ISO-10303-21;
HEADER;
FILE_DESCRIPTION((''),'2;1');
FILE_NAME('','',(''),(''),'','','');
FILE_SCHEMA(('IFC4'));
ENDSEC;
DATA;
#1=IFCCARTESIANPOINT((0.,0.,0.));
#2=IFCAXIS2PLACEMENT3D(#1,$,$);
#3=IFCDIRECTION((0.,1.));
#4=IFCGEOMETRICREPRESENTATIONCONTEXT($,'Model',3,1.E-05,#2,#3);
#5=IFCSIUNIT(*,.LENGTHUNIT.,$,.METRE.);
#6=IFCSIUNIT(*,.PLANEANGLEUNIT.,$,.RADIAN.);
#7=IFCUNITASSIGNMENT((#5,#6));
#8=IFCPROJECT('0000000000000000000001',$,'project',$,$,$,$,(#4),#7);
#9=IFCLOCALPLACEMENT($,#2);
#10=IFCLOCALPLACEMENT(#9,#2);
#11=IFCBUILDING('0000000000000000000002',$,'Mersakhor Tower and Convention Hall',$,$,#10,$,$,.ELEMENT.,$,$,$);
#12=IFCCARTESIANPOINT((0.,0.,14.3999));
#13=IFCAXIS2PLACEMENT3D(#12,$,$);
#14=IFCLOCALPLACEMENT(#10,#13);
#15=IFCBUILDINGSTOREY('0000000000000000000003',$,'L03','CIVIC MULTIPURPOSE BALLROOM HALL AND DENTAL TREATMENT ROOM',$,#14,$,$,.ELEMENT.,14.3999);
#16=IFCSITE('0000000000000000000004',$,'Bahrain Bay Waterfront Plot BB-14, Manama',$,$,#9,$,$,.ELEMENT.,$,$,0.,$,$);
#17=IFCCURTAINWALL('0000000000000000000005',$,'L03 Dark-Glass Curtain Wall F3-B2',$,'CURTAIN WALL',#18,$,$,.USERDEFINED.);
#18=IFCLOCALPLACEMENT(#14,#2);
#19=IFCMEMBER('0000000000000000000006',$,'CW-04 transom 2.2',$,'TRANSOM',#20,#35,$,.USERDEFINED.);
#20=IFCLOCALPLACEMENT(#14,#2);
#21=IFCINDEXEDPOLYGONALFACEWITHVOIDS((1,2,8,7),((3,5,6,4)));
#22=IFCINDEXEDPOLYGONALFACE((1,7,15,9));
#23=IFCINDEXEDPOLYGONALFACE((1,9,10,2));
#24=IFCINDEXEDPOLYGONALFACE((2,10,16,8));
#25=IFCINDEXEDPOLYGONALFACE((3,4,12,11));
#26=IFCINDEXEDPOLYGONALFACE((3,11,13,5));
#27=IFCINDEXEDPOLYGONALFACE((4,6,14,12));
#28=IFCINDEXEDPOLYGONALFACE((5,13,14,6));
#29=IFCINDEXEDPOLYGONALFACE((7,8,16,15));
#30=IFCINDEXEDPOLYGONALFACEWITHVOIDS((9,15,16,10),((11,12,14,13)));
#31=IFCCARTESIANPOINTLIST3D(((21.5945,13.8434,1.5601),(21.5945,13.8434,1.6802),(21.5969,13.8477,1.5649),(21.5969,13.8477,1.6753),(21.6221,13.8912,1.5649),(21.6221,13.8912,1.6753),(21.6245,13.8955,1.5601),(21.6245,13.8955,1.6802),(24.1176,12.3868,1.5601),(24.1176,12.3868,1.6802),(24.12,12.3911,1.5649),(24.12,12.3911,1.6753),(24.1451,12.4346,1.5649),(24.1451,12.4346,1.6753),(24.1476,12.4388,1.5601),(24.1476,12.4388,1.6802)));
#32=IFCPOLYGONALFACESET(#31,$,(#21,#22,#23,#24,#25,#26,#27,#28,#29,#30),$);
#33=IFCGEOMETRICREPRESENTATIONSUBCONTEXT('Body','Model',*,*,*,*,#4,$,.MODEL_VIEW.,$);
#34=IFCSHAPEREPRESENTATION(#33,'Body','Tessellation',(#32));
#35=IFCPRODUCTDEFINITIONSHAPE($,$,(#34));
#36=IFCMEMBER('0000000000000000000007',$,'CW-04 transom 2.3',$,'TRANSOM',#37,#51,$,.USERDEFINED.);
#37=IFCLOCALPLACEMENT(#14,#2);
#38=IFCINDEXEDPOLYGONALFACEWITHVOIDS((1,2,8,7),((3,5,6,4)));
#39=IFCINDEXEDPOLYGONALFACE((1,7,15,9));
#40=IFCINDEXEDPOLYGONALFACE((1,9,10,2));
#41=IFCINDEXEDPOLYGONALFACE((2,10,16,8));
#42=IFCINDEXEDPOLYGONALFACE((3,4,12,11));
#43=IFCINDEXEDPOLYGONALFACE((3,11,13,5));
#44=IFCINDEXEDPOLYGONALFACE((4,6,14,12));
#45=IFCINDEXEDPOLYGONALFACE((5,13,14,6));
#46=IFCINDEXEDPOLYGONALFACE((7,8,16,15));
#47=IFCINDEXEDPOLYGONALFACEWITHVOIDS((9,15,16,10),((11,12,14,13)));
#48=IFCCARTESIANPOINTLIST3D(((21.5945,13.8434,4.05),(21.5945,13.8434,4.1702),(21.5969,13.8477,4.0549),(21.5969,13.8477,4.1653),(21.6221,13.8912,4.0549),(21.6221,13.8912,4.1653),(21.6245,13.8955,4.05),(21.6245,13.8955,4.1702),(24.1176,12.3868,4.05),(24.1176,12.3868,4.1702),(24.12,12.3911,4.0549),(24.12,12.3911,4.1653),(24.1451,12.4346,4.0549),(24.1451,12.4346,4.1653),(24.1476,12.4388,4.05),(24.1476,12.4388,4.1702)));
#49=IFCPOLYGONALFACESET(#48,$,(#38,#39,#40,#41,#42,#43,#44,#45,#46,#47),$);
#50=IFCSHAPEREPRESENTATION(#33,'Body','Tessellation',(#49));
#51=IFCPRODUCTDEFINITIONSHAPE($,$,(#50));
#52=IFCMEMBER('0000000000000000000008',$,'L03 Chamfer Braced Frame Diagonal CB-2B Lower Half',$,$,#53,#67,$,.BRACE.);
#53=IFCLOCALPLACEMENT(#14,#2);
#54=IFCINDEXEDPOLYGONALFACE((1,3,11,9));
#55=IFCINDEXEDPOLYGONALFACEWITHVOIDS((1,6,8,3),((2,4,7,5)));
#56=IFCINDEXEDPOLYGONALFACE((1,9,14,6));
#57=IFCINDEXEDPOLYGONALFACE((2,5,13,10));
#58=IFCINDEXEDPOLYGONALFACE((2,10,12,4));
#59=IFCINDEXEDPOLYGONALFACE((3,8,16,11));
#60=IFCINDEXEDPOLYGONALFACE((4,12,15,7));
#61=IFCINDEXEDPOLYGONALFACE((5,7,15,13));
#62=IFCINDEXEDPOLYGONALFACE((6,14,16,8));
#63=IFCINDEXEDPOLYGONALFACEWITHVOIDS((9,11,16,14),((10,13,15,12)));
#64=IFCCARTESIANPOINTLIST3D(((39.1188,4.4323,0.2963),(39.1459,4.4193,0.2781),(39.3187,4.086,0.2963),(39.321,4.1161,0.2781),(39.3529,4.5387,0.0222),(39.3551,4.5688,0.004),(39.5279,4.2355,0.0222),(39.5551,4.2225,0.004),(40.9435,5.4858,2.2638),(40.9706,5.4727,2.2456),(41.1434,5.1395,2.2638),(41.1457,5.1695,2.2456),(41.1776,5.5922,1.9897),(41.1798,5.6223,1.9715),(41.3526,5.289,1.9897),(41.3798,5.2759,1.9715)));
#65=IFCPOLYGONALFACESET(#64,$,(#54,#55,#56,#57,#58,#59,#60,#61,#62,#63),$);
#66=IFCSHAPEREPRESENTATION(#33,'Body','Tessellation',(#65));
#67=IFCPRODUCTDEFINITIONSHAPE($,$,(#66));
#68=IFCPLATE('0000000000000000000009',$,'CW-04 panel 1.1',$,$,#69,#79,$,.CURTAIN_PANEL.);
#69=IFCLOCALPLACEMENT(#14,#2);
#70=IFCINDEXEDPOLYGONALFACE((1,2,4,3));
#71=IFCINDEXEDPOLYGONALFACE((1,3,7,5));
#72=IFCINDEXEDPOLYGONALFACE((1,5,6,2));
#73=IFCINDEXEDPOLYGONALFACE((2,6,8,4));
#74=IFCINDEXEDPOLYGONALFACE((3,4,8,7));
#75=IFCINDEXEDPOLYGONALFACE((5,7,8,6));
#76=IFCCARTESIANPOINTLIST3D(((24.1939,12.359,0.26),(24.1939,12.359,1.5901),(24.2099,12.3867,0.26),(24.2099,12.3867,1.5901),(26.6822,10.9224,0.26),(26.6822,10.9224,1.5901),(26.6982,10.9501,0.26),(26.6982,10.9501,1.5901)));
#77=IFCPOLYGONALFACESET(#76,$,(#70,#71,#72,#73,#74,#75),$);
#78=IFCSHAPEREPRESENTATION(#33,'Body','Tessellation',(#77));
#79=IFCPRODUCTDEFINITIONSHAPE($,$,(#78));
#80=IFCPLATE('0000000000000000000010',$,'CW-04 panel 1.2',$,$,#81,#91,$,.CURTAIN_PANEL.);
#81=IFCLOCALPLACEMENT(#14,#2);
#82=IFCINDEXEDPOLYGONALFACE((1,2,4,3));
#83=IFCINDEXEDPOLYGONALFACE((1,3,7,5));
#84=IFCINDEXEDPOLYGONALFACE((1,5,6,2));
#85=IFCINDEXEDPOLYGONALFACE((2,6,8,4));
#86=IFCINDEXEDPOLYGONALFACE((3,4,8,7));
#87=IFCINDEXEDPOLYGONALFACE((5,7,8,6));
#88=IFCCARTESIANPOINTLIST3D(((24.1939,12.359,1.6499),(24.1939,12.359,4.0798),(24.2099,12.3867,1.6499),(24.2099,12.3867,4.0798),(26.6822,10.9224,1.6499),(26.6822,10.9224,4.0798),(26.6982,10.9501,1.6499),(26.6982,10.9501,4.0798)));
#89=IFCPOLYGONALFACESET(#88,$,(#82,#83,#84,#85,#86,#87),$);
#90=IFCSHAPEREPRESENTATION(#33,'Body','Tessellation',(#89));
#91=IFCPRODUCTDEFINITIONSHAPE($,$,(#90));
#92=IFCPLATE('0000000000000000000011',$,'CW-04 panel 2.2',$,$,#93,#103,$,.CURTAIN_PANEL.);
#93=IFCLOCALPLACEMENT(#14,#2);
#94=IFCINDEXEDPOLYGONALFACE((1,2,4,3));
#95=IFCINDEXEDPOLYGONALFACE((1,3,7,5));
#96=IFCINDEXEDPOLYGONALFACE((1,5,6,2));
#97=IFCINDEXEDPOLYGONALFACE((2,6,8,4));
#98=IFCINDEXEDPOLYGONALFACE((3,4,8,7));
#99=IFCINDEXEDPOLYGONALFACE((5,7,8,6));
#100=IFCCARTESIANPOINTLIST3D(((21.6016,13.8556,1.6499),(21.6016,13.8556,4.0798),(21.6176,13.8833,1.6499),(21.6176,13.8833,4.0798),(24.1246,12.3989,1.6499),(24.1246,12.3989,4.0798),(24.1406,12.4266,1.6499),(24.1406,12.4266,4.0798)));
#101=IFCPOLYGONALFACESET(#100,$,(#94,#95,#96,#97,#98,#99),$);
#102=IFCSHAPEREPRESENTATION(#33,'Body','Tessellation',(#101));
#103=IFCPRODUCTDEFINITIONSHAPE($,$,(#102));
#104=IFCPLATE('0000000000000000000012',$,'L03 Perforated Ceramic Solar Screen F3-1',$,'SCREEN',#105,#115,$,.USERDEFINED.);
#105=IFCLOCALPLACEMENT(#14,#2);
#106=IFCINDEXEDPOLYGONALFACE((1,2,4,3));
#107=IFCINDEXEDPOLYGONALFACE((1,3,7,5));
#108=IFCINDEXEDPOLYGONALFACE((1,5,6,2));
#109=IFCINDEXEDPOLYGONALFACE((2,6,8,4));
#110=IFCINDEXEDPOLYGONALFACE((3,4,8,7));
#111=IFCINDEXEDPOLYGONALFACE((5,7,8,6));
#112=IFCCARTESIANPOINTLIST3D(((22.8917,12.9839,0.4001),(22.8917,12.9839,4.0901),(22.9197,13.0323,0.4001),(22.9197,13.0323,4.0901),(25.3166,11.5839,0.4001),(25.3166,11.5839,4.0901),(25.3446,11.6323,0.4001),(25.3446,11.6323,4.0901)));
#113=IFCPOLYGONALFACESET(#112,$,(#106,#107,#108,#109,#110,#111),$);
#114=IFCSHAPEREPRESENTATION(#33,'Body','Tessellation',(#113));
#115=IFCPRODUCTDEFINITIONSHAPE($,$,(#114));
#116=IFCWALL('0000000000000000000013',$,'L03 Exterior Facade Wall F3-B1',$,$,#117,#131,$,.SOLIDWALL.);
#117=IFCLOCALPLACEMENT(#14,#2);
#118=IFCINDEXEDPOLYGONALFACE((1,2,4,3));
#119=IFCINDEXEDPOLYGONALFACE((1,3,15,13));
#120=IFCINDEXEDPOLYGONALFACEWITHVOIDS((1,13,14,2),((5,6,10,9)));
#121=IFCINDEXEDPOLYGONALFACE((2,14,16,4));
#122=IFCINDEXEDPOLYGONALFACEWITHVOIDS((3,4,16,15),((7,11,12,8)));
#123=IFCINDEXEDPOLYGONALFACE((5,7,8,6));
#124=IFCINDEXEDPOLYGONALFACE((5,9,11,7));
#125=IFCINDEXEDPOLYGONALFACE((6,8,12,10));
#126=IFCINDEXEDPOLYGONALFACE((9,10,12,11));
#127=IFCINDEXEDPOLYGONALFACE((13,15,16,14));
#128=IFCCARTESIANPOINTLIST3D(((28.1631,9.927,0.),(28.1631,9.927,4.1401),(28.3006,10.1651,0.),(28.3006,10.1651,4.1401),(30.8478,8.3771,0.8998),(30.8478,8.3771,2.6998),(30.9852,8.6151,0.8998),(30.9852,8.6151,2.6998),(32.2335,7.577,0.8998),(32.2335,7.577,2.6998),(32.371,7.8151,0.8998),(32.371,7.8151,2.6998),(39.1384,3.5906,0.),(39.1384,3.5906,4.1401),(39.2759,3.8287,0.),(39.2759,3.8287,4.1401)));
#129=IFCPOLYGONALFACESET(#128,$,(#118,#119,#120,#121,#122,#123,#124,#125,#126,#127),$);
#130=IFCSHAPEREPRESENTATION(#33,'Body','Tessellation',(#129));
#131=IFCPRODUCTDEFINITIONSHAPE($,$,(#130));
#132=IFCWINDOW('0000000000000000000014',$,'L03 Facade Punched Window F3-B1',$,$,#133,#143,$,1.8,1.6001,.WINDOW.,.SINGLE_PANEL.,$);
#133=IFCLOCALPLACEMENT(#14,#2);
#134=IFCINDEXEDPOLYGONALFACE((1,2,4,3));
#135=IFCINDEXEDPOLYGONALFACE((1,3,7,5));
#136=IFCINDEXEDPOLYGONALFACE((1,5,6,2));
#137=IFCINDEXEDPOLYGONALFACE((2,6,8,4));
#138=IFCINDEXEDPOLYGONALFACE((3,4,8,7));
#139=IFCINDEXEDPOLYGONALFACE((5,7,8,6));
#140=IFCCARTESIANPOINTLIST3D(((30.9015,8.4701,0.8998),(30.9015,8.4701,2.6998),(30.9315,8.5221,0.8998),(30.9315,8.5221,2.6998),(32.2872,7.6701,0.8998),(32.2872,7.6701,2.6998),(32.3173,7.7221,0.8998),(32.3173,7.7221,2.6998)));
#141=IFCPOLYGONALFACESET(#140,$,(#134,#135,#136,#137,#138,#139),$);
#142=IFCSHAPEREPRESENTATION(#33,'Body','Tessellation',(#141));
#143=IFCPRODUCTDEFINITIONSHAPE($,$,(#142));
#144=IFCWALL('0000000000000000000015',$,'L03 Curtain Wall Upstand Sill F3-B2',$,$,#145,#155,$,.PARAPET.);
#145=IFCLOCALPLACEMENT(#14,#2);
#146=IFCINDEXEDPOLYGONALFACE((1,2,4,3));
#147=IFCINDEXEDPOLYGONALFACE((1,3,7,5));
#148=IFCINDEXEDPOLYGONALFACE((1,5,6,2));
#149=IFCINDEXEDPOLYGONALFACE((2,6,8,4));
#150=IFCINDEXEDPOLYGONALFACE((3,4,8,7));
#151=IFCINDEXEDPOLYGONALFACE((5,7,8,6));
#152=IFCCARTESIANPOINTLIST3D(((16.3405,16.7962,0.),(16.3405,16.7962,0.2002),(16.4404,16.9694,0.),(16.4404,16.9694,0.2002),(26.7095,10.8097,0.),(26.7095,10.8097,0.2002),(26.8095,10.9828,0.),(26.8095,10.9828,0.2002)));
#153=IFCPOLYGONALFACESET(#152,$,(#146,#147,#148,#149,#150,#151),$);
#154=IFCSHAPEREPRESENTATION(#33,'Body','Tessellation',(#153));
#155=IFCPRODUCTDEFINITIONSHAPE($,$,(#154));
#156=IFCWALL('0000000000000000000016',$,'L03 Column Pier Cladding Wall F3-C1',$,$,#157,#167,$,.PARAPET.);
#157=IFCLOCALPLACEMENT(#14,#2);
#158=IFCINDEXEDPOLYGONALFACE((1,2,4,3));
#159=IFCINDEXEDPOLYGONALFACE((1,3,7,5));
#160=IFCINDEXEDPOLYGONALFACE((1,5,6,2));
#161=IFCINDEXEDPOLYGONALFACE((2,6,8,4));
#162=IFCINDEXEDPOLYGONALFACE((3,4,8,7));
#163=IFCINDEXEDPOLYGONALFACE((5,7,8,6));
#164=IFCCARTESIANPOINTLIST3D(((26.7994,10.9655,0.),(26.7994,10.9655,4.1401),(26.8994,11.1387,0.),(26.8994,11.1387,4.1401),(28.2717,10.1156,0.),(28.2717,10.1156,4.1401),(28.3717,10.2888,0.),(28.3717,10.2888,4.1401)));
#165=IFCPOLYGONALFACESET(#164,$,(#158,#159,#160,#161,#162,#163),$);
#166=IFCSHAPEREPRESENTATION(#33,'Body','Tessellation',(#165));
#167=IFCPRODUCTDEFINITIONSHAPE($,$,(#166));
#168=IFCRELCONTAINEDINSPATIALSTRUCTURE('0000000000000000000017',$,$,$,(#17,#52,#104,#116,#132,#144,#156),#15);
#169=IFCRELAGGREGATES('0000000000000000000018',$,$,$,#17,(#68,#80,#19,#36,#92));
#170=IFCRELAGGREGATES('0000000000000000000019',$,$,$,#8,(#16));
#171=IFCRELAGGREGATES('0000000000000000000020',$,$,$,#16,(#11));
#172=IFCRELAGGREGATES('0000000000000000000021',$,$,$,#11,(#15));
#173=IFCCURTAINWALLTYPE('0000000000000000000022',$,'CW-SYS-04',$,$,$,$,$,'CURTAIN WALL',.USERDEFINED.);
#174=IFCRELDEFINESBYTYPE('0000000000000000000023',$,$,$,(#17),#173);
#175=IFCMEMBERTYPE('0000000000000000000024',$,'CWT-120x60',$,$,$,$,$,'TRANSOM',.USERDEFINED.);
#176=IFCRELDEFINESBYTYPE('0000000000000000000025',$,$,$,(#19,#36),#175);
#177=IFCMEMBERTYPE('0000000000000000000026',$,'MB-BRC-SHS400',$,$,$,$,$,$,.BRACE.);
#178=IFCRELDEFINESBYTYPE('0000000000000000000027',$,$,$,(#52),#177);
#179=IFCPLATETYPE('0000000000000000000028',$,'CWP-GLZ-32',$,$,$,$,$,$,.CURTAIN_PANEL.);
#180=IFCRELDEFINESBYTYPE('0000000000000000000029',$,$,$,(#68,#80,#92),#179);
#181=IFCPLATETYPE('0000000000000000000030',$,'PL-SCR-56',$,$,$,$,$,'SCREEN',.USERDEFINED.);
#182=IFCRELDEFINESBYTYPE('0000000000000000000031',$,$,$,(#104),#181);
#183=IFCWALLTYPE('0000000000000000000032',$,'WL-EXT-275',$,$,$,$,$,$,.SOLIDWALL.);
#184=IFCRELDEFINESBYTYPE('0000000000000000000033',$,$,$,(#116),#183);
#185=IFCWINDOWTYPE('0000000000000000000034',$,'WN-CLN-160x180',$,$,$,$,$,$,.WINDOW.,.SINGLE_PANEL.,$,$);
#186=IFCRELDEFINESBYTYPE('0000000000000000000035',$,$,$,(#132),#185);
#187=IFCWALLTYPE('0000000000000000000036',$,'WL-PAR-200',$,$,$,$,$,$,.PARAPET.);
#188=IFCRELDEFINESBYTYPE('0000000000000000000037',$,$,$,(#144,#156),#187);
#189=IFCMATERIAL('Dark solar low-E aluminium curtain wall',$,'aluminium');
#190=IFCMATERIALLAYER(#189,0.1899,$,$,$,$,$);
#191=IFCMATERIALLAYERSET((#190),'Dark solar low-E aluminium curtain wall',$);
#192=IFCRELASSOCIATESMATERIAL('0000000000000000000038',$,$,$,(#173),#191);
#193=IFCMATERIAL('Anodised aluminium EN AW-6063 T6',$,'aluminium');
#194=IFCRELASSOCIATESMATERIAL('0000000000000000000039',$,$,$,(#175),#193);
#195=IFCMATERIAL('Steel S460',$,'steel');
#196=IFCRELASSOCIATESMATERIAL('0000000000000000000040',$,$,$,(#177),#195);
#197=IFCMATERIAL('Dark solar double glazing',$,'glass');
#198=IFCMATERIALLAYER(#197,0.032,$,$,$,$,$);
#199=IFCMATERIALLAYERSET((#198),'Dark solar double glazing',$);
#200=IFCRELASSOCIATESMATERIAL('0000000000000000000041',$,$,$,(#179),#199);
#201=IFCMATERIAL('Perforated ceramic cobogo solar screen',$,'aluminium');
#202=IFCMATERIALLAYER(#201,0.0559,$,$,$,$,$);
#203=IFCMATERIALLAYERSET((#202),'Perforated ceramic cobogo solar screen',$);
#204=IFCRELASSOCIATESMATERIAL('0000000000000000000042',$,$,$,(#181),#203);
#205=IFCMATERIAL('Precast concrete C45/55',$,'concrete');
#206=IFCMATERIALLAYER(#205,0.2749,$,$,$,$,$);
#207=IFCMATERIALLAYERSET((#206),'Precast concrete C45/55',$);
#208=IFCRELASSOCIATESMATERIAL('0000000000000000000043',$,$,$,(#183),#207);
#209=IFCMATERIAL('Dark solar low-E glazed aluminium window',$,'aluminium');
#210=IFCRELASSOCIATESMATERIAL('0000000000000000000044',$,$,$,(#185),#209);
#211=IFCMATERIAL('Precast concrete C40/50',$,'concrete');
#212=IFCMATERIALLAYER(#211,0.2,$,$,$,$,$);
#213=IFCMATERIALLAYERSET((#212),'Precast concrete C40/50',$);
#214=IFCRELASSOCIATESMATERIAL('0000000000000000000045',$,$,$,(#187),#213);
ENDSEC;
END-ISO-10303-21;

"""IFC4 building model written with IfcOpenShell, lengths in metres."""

from ifc_helpers import new_model, si_unit, direction, frame, frame_2d, origin, origin_2d, place, context, subcontext, project, spatial, rectangle, hollow_rectangle, extrude, material, layer, layer_set, material_profile, profile_set, type_object, element, fill, aggregate, save


model = new_model("IFC4")

# Units and contexts
model_context = context("Model", 3, precision=1e-05, world=origin(), true_north=direction((0.0, 1.0)))
body_context = subcontext(model_context, "Body", "Model", "MODEL_VIEW")
ifc_project = project(units=[si_unit("LENGTHUNIT", "METRE"), si_unit("PLANEANGLEUNIT", "RADIAN")], contexts=[model_context])

# Site, building, storey
site_placement = place(None, origin())
site = spatial("IfcSite", under=ifc_project, at=site_placement, Name="Bahrain Bay Waterfront Plot BB-14, Manama", CompositionType="ELEMENT", RefElevation=0.0)
building_placement = place(site_placement, origin())
building = spatial("IfcBuilding", under=site, at=building_placement, Name="Mersakhor Tower and Convention Hall", CompositionType="ELEMENT")
storey_placement = place(building_placement, frame((0.0, 0.0, 14.3999)))
storey = spatial("IfcBuildingStorey", under=building, at=storey_placement, Name="L03", Description="CIVIC MULTIPURPOSE BALLROOM HALL AND DENTAL TREATMENT ROOM", CompositionType="ELEMENT", Elevation=14.3999)

# Curtain wall, members
ifc_material_1 = material(Name="Dark solar low-E aluminium curtain wall", Category="aluminium")
ifc_layer_1 = layer(ifc_material_1, 0.1899)
ifc_layer_set_1 = layer_set([ifc_layer_1], Name="Dark solar low-E aluminium curtain wall")
curtain_wall_type = type_object("IfcCurtainWallType", Name="CW-SYS-04", ElementType="CURTAIN WALL", PredefinedType="USERDEFINED", material=ifc_layer_set_1)
curtain_wall_placement = place(storey_placement, origin())
curtain_wall = element("IfcCurtainWall", 1, at=curtain_wall_placement, inside=storey, type_object=curtain_wall_type, Name="L03 Dark-Glass Curtain Wall F3-B2", ObjectType="CURTAIN WALL", PredefinedType="USERDEFINED")
ifc_material_2 = material(Name="Anodised aluminium EN AW-6063 T6", Category="aluminium")
ifc_material_profile_1 = material_profile(ifc_material_2, hollow_rectangle(XDim=0.0601, YDim=0.1201, WallThickness=0.0049, at=origin_2d()), Name="RHS 120x60x5")
ifc_profile_set_1 = profile_set([ifc_material_profile_1], Name="Anodised aluminium EN AW-6063 T6")
member_type_1 = type_object("IfcMemberType", Name="CWT-120x60", ElementType="TRANSOM", PredefinedType="USERDEFINED", material=ifc_profile_set_1)
member_1_placement = place(storey_placement, frame((24.1326, 12.4128, 1.6201), z_axis=(-0.866038, 0.499979, 0.0), x_axis=(-0.499979, -0.866038, 0.0)))
member_1 = element("IfcMember", 2, at=member_1_placement, type_object=member_type_1, Name="CW-04 transom 2.2", ObjectType="TRANSOM", PredefinedType="USERDEFINED", context=body_context, shape_type="SweptSolid", body=[
    extrude(hollow_rectangle(XDim=0.0601, YDim=0.1201, WallThickness=0.0049, at=origin_2d()), origin(), (0.0, 0.0, 1.0), 2.9133),
])
member_2_placement = place(storey_placement, frame((24.1326, 12.4128, 4.1101), z_axis=(-0.866038, 0.499979, 0.0), x_axis=(-0.499979, -0.866038, 0.0)))
member_2 = element("IfcMember", 3, at=member_2_placement, type_object=member_type_1, Name="CW-04 transom 2.3", ObjectType="TRANSOM", PredefinedType="USERDEFINED", context=body_context, shape_type="SweptSolid", body=[
    extrude(hollow_rectangle(XDim=0.0601, YDim=0.1201, WallThickness=0.0049, at=origin_2d()), origin(), (0.0, 0.0, 1.0), 2.9133),
])

# Member
ifc_material_3 = material(Name="Steel S460", Category="steel")
ifc_material_profile_2 = material_profile(ifc_material_3, hollow_rectangle(XDim=0.3999, YDim=0.3999, WallThickness=0.0249, at=origin_2d()), Name="SHS 400x400x25")
ifc_profile_set_2 = profile_set([ifc_material_profile_2], Name="Steel S460")
member_type_2 = type_object("IfcMemberType", Name="MB-BRC-SHS400", PredefinedType="BRACE", material=ifc_profile_set_2)
member_3_placement = place(storey_placement, frame((39.3369, 4.3274, 0.1501), z_axis=(0.632964, 0.365432, 0.682507), x_axis=(-0.49999, 0.866031, 0.0)))
element("IfcMember", 4, at=member_3_placement, inside=storey, type_object=member_type_2, Name="L03 Chamfer Braced Frame Diagonal CB-2B Lower Half", PredefinedType="BRACE", context=body_context, shape_type="SweptSolid", body=[
    extrude(hollow_rectangle(XDim=0.3999, YDim=0.3999, WallThickness=0.0249, at=origin_2d()), origin(), (0.0, 0.0, 1.0), 2.8828),
])

# Plates
ifc_material_4 = material(Name="Dark solar double glazing", Category="glass")
ifc_layer_2 = layer(ifc_material_4, 0.032)
ifc_layer_set_2 = layer_set([ifc_layer_2], Name="Dark solar double glazing")
plate_type_1 = type_object("IfcPlateType", Name="CWP-GLZ-32", PredefinedType="CURTAIN_PANEL", material=ifc_layer_set_2)
plate_1_placement = place(storey_placement, frame((25.446, 11.6545, 0.26), z_axis=(0.0, 0.0, 1.0), x_axis=(-0.866023, 0.500003, 0.0)))
plate_1 = element("IfcPlate", 5, at=plate_1_placement, type_object=plate_type_1, Name="CW-04 panel 1.1", PredefinedType="CURTAIN_PANEL", context=body_context, shape_type="SweptSolid", body=[
    extrude(rectangle(XDim=2.8733, YDim=0.032, at=origin_2d()), origin(), (0.0, 0.0, 1.0), 1.3301),
])
plate_2_placement = place(storey_placement, frame((25.446, 11.6545, 1.6499), z_axis=(0.0, 0.0, 1.0), x_axis=(-0.866023, 0.500003, 0.0)))
plate_2 = element("IfcPlate", 6, at=plate_2_placement, type_object=plate_type_1, Name="CW-04 panel 1.2", PredefinedType="CURTAIN_PANEL", context=body_context, shape_type="SweptSolid", body=[
    extrude(rectangle(XDim=2.8733, YDim=0.032, at=origin_2d()), origin(), (0.0, 0.0, 1.0), 2.4299),
])
plate_3_placement = place(storey_placement, frame((22.8711, 13.1411, 1.6499), z_axis=(0.0, 0.0, 1.0), x_axis=(-0.866023, 0.500003, 0.0)))
plate_3 = element("IfcPlate", 7, at=plate_3_placement, type_object=plate_type_1, Name="CW-04 panel 2.2", PredefinedType="CURTAIN_PANEL", context=body_context, shape_type="SweptSolid", body=[
    extrude(rectangle(XDim=2.9133, YDim=0.032, at=origin_2d()), origin(), (0.0, 0.0, 1.0), 2.4299),
])
aggregate(curtain_wall, [plate_1, plate_2, member_1, member_2, plate_3])
ifc_material_5 = material(Name="Perforated ceramic cobogo solar screen", Category="aluminium")
ifc_layer_3 = layer(ifc_material_5, 0.0559)
ifc_layer_set_3 = layer_set([ifc_layer_3], Name="Perforated ceramic cobogo solar screen")
plate_type_2 = type_object("IfcPlateType", Name="PL-SCR-56", ElementType="SCREEN", PredefinedType="USERDEFINED", material=ifc_layer_set_3)
plate_4_placement = place(storey_placement, frame((24.1182, 12.3081, 0.4001), z_axis=(0.0, 0.0, 1.0), x_axis=(-0.866025, 0.5, 0.0)))
element("IfcPlate", 8, at=plate_4_placement, inside=storey, type_object=plate_type_2, Name="L03 Perforated Ceramic Solar Screen F3-1", ObjectType="SCREEN", PredefinedType="USERDEFINED", context=body_context, shape_type="SweptSolid", body=[
    extrude(rectangle(XDim=2.8, YDim=0.0559, at=origin_2d()), origin(), (0.0, 0.0, 1.0), 3.6899),
])

# Wall, opening, window
ifc_material_6 = material(Name="Precast concrete C45/55", Category="concrete")
ifc_layer_4 = layer(ifc_material_6, 0.2749)
ifc_layer_set_4 = layer_set([ifc_layer_4], Name="Precast concrete C45/55")
wall_type_1 = type_object("IfcWallType", Name="WL-EXT-275", PredefinedType="SOLIDWALL", material=ifc_layer_set_4)
wall_1_placement = place(storey_placement, frame((39.207, 3.7097, 0.0), z_axis=(0.0, 0.0, 1.0), x_axis=(-0.866032, 0.499989, 0.0)))
wall_1 = element("IfcWall", 9, at=wall_1_placement, inside=storey, type_object=wall_type_1, Name="L03 Exterior Facade Wall F3-B1", PredefinedType="SOLIDWALL", context=body_context, shape_type="SweptSolid", body=[
    extrude(rectangle(XDim=12.6731, YDim=0.2749, at=frame_2d((6.3364, 0.0))), origin(), (0.0, 0.0, 1.0), 4.1401),
])
opening_1_placement = place(wall_1_placement, frame((7.9729, 0.0, 0.8999)))
opening_1 = element("IfcOpeningElement", 10, at=opening_1_placement, cuts=wall_1, PredefinedType="OPENING", context=body_context, shape_type="SweptSolid", body=[
    extrude(rectangle(XDim=1.6001, YDim=1.8, at=frame_2d((0.8, 0.8999))), frame((0.0, 0.1475, 0.0), z_axis=(0.0, -1.0, 0.0), x_axis=(1.0, 0.0, 0.0)), (0.0, 0.0, 1.0), 0.2949),
])
ifc_material_7 = material(Name="Dark solar low-E glazed aluminium window", Category="aluminium")
window_type = type_object("IfcWindowType", Name="WN-CLN-160x180", PartitioningType="SINGLE_PANEL", PredefinedType="WINDOW", material=ifc_material_7)
window_placement = place(opening_1_placement, origin())
window = element("IfcWindow", 11, at=window_placement, inside=storey, type_object=window_type, Name="L03 Facade Punched Window F3-B1", OverallHeight=1.8, OverallWidth=1.6001, PartitioningType="SINGLE_PANEL", PredefinedType="WINDOW", context=body_context, shape_type="SweptSolid", body=[
    extrude(rectangle(XDim=1.6001, YDim=1.8, at=frame_2d((0.8, 0.8999))), frame((0.0, 0.03, 0.0), z_axis=(0.0, -1.0, 0.0), x_axis=(1.0, 0.0, 0.0)), (0.0, 0.0, 1.0), 0.0601),
])
fill(opening_1, window)

# Walls
ifc_material_8 = material(Name="Precast concrete C40/50", Category="concrete")
ifc_layer_5 = layer(ifc_material_8, 0.2)
ifc_layer_set_5 = layer_set([ifc_layer_5], Name="Precast concrete C40/50")
wall_type_2 = type_object("IfcWallType", Name="WL-PAR-200", PredefinedType="PARAPET", material=ifc_layer_set_5)
wall_2_placement = place(storey_placement, frame((26.7595, 10.8962, 0.0), z_axis=(0.0, 0.0, 1.0), x_axis=(-0.866027, 0.499997, 0.0)))
element("IfcWall", 12, at=wall_2_placement, inside=storey, type_object=wall_type_2, Name="L03 Curtain Wall Upstand Sill F3-B2", PredefinedType="PARAPET", context=body_context, shape_type="SweptSolid", body=[
    extrude(rectangle(XDim=11.9731, YDim=0.2, at=frame_2d((5.9866, 0.0))), origin(), (0.0, 0.0, 1.0), 0.2002),
])
wall_3_placement = place(storey_placement, frame((28.3218, 10.2021, 0.0), z_axis=(0.0, 0.0, 1.0), x_axis=(-0.866052, 0.499955, 0.0)))
element("IfcWall", 13, at=wall_3_placement, inside=storey, type_object=wall_type_2, Name="L03 Column Pier Cladding Wall F3-C1", PredefinedType="PARAPET", context=body_context, shape_type="SweptSolid", body=[
    extrude(rectangle(XDim=1.7, YDim=0.2, at=frame_2d((0.8501, 0.0))), origin(), (0.0, 0.0, 1.0), 4.1401),
])

save(model, "model.ifc")
